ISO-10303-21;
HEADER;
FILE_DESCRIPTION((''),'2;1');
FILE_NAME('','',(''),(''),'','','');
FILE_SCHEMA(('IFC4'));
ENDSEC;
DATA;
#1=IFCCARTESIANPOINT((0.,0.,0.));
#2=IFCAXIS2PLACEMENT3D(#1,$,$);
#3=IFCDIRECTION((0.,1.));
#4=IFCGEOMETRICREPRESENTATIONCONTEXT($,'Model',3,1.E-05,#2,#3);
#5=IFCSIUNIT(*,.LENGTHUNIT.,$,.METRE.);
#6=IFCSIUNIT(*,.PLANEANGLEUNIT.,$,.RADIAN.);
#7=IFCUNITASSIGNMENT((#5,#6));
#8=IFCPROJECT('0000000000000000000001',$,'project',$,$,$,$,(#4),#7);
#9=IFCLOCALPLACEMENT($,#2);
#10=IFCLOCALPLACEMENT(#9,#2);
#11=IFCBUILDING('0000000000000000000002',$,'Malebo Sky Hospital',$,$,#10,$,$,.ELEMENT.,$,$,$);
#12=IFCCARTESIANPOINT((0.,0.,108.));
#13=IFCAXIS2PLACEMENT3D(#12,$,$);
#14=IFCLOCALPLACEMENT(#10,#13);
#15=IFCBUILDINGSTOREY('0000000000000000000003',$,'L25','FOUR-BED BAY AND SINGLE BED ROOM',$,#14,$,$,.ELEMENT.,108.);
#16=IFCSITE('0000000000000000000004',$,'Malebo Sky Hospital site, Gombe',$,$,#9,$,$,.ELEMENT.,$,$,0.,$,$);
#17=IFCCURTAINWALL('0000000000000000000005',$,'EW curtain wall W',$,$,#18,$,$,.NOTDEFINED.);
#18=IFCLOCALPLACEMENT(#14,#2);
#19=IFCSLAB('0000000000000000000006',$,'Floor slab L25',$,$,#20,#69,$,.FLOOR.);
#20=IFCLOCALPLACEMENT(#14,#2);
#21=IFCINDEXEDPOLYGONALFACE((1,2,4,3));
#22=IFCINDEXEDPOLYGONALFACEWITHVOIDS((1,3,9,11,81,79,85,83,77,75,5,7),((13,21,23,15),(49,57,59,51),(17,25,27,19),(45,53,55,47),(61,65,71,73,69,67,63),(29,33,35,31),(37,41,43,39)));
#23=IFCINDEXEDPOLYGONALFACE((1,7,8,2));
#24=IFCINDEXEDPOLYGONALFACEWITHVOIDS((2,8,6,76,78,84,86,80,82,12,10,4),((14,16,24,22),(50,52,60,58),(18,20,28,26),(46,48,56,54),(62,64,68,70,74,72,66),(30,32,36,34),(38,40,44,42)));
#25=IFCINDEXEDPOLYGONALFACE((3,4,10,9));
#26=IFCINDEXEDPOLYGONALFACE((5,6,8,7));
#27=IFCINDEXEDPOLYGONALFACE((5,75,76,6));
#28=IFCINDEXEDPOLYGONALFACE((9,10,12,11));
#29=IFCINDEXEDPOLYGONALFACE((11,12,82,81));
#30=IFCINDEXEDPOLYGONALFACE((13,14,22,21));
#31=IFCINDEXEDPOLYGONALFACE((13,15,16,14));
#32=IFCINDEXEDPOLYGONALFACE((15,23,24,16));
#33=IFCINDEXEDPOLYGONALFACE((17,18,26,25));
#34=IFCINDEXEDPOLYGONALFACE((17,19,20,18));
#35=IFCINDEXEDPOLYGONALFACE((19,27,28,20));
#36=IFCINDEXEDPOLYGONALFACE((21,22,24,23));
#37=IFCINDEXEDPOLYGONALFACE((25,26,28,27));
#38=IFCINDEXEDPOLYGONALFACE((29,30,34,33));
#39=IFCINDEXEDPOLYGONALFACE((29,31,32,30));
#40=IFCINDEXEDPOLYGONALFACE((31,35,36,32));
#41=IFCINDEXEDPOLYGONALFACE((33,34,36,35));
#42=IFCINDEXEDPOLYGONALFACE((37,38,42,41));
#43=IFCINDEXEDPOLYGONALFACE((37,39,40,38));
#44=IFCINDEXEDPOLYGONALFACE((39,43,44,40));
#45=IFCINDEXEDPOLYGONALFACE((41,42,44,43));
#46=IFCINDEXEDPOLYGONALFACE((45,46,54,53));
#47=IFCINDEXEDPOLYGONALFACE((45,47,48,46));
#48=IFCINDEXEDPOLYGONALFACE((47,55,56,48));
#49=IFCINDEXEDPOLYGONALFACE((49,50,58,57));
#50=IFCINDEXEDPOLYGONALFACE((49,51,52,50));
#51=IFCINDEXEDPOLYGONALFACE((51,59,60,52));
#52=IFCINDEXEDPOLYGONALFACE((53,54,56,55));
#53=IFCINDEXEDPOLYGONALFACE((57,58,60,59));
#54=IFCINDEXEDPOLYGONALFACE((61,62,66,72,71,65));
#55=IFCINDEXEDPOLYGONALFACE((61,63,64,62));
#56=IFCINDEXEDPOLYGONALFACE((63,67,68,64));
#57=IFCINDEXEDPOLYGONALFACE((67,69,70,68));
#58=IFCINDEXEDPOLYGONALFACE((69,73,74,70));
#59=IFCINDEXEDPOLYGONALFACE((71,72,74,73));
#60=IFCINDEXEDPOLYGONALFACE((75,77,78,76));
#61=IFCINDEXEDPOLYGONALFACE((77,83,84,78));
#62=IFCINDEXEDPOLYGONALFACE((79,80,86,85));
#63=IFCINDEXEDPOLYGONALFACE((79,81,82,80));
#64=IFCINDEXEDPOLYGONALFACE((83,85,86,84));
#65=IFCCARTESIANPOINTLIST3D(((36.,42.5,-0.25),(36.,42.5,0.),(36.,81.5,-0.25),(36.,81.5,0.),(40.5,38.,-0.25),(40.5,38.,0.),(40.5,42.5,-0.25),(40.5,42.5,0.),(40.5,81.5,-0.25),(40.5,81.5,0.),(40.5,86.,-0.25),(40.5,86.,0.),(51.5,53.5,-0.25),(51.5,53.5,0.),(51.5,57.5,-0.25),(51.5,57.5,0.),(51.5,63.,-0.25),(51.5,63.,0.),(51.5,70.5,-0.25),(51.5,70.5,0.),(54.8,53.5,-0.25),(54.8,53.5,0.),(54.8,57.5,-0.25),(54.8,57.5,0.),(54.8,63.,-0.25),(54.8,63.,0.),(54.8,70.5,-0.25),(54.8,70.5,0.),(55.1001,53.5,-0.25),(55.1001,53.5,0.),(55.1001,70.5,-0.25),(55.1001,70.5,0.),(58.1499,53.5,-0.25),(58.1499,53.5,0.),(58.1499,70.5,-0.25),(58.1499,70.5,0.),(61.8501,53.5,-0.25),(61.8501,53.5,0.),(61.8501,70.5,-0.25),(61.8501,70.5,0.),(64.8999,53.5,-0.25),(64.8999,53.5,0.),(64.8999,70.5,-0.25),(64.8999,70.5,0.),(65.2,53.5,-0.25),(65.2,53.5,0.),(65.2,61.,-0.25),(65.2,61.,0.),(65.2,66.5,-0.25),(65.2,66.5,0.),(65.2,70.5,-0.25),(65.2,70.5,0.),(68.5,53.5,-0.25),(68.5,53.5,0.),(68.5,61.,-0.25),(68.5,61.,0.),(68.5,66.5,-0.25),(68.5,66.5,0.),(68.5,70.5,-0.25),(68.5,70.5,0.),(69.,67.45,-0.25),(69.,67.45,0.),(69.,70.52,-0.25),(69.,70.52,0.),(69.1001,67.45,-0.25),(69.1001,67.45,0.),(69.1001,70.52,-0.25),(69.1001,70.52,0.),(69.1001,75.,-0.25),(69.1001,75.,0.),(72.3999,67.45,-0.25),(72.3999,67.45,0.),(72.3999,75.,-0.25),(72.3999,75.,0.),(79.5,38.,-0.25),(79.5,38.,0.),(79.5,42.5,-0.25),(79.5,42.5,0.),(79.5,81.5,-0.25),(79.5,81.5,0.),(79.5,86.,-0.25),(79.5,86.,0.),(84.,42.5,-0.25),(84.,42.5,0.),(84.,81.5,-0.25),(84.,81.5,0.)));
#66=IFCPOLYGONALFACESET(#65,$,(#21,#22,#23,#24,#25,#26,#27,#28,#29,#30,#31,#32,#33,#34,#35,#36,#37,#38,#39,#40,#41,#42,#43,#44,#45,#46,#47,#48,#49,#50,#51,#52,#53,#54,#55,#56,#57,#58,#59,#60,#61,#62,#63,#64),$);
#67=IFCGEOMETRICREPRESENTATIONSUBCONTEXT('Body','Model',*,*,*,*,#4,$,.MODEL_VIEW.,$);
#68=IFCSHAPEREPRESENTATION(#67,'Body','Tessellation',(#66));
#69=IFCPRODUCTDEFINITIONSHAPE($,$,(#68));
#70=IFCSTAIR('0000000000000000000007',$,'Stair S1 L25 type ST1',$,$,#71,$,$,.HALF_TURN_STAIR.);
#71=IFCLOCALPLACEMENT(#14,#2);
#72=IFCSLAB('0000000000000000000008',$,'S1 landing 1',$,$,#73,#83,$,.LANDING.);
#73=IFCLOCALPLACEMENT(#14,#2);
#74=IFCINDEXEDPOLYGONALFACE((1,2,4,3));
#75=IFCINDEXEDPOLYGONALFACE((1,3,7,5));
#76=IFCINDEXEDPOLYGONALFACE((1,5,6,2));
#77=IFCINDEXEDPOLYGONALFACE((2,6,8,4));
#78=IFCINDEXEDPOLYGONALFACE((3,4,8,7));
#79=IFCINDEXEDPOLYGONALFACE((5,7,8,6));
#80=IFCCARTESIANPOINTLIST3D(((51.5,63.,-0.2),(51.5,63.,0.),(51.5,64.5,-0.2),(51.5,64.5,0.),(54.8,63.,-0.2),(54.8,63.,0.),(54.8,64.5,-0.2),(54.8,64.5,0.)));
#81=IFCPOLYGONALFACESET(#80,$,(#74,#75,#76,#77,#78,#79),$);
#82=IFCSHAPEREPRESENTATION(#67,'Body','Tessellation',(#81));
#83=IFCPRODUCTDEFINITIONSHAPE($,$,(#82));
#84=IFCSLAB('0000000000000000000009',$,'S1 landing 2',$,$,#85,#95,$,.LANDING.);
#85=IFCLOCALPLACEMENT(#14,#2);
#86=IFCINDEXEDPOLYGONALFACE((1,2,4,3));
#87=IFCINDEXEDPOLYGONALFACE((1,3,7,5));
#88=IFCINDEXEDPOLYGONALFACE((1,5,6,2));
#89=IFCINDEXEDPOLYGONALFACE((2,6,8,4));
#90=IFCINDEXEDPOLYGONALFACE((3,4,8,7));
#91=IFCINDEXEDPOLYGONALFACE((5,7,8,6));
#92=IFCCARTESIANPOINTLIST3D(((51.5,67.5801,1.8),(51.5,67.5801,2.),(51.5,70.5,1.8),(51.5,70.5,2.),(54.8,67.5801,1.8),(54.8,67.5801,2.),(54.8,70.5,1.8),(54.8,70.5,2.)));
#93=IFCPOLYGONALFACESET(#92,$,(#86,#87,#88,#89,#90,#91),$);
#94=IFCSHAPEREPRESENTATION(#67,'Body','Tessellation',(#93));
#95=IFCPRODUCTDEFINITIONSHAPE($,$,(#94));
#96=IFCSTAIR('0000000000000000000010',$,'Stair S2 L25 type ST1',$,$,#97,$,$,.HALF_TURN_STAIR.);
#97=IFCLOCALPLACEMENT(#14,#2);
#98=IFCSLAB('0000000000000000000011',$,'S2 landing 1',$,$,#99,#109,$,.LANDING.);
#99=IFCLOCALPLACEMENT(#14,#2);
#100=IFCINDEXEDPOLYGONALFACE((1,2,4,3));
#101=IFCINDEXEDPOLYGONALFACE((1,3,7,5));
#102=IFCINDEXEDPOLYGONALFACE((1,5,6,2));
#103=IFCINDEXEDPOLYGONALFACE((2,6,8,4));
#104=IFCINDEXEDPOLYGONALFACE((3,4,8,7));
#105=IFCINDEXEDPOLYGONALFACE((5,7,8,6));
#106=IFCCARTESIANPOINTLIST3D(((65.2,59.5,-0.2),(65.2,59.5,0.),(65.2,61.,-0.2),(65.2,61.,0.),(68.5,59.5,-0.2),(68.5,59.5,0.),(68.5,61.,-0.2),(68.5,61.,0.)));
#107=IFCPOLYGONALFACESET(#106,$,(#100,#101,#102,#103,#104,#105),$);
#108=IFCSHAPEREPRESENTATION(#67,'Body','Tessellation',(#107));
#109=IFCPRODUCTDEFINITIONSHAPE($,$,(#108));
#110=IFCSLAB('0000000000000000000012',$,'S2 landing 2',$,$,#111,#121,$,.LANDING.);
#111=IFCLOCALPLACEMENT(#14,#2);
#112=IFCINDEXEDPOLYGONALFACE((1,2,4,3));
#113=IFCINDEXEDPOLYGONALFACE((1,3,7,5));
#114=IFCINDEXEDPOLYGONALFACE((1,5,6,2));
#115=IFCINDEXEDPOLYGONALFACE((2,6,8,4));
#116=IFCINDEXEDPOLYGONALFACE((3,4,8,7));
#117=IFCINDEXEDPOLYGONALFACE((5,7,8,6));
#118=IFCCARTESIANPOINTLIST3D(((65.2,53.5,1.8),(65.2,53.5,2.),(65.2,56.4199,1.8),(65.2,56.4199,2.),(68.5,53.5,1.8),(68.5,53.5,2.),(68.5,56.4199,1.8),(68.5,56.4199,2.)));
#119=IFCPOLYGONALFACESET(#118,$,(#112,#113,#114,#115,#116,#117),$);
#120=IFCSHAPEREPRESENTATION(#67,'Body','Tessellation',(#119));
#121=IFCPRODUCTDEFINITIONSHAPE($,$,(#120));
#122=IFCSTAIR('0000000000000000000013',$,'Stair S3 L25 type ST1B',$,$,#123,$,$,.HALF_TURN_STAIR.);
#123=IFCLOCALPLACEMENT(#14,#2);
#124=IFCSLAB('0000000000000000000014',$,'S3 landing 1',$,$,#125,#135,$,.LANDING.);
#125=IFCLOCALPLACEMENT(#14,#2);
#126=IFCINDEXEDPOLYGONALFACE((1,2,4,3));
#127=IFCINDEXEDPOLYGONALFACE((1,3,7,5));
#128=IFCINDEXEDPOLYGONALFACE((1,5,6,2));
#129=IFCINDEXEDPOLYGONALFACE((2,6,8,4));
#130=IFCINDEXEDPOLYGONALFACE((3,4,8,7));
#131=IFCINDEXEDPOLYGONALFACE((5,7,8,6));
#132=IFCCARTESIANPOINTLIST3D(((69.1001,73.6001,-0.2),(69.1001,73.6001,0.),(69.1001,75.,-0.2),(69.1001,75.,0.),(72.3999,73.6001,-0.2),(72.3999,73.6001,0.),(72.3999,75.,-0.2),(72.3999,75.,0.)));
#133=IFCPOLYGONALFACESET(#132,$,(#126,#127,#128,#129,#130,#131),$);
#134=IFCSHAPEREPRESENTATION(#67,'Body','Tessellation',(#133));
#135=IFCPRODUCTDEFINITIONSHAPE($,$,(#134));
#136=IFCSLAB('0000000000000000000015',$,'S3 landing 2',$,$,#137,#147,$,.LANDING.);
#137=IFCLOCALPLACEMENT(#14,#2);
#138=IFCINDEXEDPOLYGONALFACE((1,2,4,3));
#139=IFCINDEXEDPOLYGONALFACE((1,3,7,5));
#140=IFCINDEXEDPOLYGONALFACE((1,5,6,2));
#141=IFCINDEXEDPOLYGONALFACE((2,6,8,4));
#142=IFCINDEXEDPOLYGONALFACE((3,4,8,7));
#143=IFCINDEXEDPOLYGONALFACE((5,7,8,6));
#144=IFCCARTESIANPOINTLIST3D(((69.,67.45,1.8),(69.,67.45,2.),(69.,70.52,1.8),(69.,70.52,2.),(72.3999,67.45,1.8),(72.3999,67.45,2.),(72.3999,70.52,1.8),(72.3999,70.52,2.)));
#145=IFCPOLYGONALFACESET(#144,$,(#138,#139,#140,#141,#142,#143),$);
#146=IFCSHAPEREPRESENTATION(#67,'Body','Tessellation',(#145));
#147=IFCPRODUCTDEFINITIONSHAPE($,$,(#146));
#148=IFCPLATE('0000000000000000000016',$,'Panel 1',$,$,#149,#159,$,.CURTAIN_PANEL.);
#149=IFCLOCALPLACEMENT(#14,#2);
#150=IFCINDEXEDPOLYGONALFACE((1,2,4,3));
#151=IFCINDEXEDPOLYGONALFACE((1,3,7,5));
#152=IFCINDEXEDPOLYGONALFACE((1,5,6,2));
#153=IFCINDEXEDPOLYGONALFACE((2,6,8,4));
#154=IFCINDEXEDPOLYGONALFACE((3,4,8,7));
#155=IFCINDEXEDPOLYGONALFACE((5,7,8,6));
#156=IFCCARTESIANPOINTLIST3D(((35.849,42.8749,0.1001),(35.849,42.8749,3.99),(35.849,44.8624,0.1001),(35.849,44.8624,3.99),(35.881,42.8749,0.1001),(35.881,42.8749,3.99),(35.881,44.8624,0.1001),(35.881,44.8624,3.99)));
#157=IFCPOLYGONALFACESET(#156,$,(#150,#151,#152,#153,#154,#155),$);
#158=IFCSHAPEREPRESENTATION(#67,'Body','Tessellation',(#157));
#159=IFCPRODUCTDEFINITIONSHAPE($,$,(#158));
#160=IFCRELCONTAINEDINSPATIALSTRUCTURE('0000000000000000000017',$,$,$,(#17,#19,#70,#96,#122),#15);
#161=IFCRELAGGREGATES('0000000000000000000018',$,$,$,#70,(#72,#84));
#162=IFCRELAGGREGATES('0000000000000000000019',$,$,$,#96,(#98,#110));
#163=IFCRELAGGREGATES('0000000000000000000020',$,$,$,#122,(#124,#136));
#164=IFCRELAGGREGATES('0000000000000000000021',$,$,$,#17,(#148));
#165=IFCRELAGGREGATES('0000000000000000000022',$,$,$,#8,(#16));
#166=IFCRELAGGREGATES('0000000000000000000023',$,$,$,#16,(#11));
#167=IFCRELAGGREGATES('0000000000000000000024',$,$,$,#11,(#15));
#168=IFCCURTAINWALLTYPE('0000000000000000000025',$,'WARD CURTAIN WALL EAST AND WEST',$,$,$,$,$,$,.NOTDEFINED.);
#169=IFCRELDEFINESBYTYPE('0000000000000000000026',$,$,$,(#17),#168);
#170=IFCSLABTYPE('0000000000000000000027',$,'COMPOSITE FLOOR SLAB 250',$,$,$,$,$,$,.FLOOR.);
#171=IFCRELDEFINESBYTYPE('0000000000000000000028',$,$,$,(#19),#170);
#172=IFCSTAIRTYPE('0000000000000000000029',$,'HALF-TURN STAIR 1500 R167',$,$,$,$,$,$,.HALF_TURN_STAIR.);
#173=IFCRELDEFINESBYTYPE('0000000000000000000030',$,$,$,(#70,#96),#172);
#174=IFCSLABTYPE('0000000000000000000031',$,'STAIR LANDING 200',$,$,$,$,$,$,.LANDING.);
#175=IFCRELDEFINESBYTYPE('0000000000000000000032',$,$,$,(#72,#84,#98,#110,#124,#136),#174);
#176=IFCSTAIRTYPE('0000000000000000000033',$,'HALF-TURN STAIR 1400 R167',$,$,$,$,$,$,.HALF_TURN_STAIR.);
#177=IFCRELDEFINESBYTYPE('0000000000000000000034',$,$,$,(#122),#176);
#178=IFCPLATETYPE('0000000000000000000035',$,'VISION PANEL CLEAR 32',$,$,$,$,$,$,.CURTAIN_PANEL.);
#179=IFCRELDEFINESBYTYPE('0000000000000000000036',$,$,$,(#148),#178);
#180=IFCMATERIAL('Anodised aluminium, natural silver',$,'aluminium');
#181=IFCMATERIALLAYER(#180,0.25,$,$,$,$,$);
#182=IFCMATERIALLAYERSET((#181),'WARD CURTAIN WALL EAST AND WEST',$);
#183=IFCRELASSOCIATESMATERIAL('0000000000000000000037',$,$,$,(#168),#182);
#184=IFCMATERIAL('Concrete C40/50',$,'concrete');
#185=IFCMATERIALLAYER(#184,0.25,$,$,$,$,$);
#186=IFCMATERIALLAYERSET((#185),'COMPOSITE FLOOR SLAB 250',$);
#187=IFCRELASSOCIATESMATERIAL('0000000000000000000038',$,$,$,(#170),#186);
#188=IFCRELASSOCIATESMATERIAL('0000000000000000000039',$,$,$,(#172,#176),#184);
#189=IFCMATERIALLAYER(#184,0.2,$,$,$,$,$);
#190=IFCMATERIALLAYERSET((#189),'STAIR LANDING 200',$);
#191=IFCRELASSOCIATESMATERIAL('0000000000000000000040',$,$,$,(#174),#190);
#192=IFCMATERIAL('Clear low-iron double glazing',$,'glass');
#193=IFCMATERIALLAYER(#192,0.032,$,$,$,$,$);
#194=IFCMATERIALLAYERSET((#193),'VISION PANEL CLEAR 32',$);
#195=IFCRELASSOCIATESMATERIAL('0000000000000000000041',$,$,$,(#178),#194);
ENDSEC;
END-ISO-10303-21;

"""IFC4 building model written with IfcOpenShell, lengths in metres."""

from ifc_helpers import new_model, si_unit, direction, frame, origin, origin_2d, place, context, subcontext, project, spatial, polyline, rectangle, outline, extrude, material, layer, layer_set, type_object, element, aggregate, save


model = new_model("IFC4")

# Units and contexts
model_context = context("Model", 3, precision=1e-05, world=origin(), true_north=direction((0.0, 1.0)))
body_context = subcontext(model_context, "Body", "Model", "MODEL_VIEW")
ifc_project = project(units=[si_unit("LENGTHUNIT", "METRE"), si_unit("PLANEANGLEUNIT", "RADIAN")], contexts=[model_context])

# Site, building, storey
site_placement = place(None, origin())
site = spatial("IfcSite", under=ifc_project, at=site_placement, Name="Malebo Sky Hospital site, Gombe", CompositionType="ELEMENT", RefElevation=0.0)
building_placement = place(site_placement, origin())
building = spatial("IfcBuilding", under=site, at=building_placement, Name="Malebo Sky Hospital", CompositionType="ELEMENT")
storey_placement = place(building_placement, frame((0.0, 0.0, 108.0)))
storey = spatial("IfcBuildingStorey", under=building, at=storey_placement, Name="L25", Description="FOUR-BED BAY AND SINGLE BED ROOM", CompositionType="ELEMENT", Elevation=108.0)

# Curtain wall
ifc_material_1 = material(Name="Anodised aluminium, natural silver", Category="aluminium")
ifc_layer_1 = layer(ifc_material_1, 0.25)
ifc_layer_set_1 = layer_set([ifc_layer_1], Name="WARD CURTAIN WALL EAST AND WEST")
curtain_wall_type = type_object("IfcCurtainWallType", Name="WARD CURTAIN WALL EAST AND WEST", PredefinedType="NOTDEFINED", material=ifc_layer_set_1)
curtain_wall_placement = place(storey_placement, origin())
curtain_wall = element("IfcCurtainWall", 1, at=curtain_wall_placement, inside=storey, type_object=curtain_wall_type, Name="EW curtain wall W", PredefinedType="NOTDEFINED")

# Slab
ifc_material_2 = material(Name="Concrete C40/50", Category="concrete")
ifc_layer_2 = layer(ifc_material_2, 0.25)
ifc_layer_set_2 = layer_set([ifc_layer_2], Name="COMPOSITE FLOOR SLAB 250")
slab_type_1 = type_object("IfcSlabType", Name="COMPOSITE FLOOR SLAB 250", PredefinedType="FLOOR", material=ifc_layer_set_2)
slab_1_placement = place(storey_placement, frame((0.0, 0.0, -0.25)))
element("IfcSlab", 2, at=slab_1_placement, inside=storey, type_object=slab_type_1, Name="Floor slab L25", PredefinedType="FLOOR", context=body_context, shape_type="SweptSolid", body=[
    extrude(outline(polyline([(40.5, 86.0), (40.5, 81.5), (36.0, 81.5), (36.0, 42.5), (40.5, 42.5), (40.5, 38.0), (79.5, 38.0), (79.5, 42.5), (84.0, 42.5), (84.0, 81.5), (79.5, 81.5), (79.5, 86.0), (40.5, 86.0)]), holes=[polyline([(55.1001, 70.5), (58.1499, 70.5), (58.1499, 53.5), (55.1001, 53.5), (55.1001, 70.5)]), polyline([(64.8999, 70.5), (64.8999, 53.5), (61.8501, 53.5), (61.8501, 70.5), (64.8999, 70.5)]), polyline([(54.8, 63.0), (51.5, 63.0), (51.5, 70.5), (54.8, 70.5), (54.8, 63.0)]), polyline([(51.5, 53.5), (51.5, 57.5), (54.8, 57.5), (54.8, 53.5), (51.5, 53.5)]), polyline([(65.2, 61.0), (68.5, 61.0), (68.5, 53.5), (65.2, 53.5), (65.2, 61.0)]), polyline([(68.5, 70.5), (68.5, 66.5), (65.2, 66.5), (65.2, 70.5), (68.5, 70.5)]), polyline([(69.0, 67.45), (69.0, 70.52), (69.1001, 70.52), (69.1001, 75.0), (72.3999, 75.0), (72.3999, 67.45), (69.1001, 67.45), (69.0, 67.45)])]), origin(), (0.0, 0.0, 1.0), 0.25),
])

# Stairs, slabs
stair_type_1 = type_object("IfcStairType", Name="HALF-TURN STAIR 1500 R167", PredefinedType="HALF_TURN_STAIR", material=ifc_material_2)
stair_1_placement = place(storey_placement, origin())
stair_1 = element("IfcStair", 3, at=stair_1_placement, inside=storey, type_object=stair_type_1, Name="Stair S1 L25 type ST1", PredefinedType="HALF_TURN_STAIR")
ifc_layer_3 = layer(ifc_material_2, 0.2)
ifc_layer_set_3 = layer_set([ifc_layer_3], Name="STAIR LANDING 200")
slab_type_2 = type_object("IfcSlabType", Name="STAIR LANDING 200", PredefinedType="LANDING", material=ifc_layer_set_3)
slab_2_placement = place(storey_placement, frame((0.0, 0.0, -0.2)))
slab_2 = element("IfcSlab", 4, at=slab_2_placement, type_object=slab_type_2, Name="S1 landing 1", PredefinedType="LANDING", context=body_context, shape_type="SweptSolid", body=[
    extrude(outline(polyline([(51.5, 63.0), (54.8, 63.0), (54.8, 64.5), (51.5, 64.5), (51.5, 63.0)])), origin(), (0.0, 0.0, 1.0), 0.2),
])
slab_3_placement = place(storey_placement, frame((0.0, 0.0, 1.8)))
slab_3 = element("IfcSlab", 5, at=slab_3_placement, type_object=slab_type_2, Name="S1 landing 2", PredefinedType="LANDING", context=body_context, shape_type="SweptSolid", body=[
    extrude(outline(polyline([(51.5, 67.5801), (54.8, 67.5801), (54.8, 70.5), (51.5, 70.5), (51.5, 67.5801)])), origin(), (0.0, 0.0, 1.0), 0.2),
])
aggregate(stair_1, [slab_2, slab_3])
stair_2_placement = place(storey_placement, origin())
stair_2 = element("IfcStair", 6, at=stair_2_placement, inside=storey, type_object=stair_type_1, Name="Stair S2 L25 type ST1", PredefinedType="HALF_TURN_STAIR")
slab_4_placement = place(storey_placement, frame((0.0, 0.0, -0.2)))
slab_4 = element("IfcSlab", 7, at=slab_4_placement, type_object=slab_type_2, Name="S2 landing 1", PredefinedType="LANDING", context=body_context, shape_type="SweptSolid", body=[
    extrude(outline(polyline([(65.2, 59.5), (68.5, 59.5), (68.5, 61.0), (65.2, 61.0), (65.2, 59.5)])), origin(), (0.0, 0.0, 1.0), 0.2),
])
slab_5_placement = place(storey_placement, frame((0.0, 0.0, 1.8)))
slab_5 = element("IfcSlab", 8, at=slab_5_placement, type_object=slab_type_2, Name="S2 landing 2", PredefinedType="LANDING", context=body_context, shape_type="SweptSolid", body=[
    extrude(outline(polyline([(65.2, 53.5), (68.5, 53.5), (68.5, 56.4199), (65.2, 56.4199), (65.2, 53.5)])), origin(), (0.0, 0.0, 1.0), 0.2),
])
aggregate(stair_2, [slab_4, slab_5])
stair_type_2 = type_object("IfcStairType", Name="HALF-TURN STAIR 1400 R167", PredefinedType="HALF_TURN_STAIR", material=ifc_material_2)
stair_3_placement = place(storey_placement, origin())
stair_3 = element("IfcStair", 9, at=stair_3_placement, inside=storey, type_object=stair_type_2, Name="Stair S3 L25 type ST1B", PredefinedType="HALF_TURN_STAIR")
slab_6_placement = place(storey_placement, frame((0.0, 0.0, -0.2)))
slab_6 = element("IfcSlab", 10, at=slab_6_placement, type_object=slab_type_2, Name="S3 landing 1", PredefinedType="LANDING", context=body_context, shape_type="SweptSolid", body=[
    extrude(outline(polyline([(69.1001, 73.6001), (72.3999, 73.6001), (72.3999, 75.0), (69.1001, 75.0), (69.1001, 73.6001)])), origin(), (0.0, 0.0, 1.0), 0.2),
])
slab_7_placement = place(storey_placement, frame((0.0, 0.0, 1.8)))
slab_7 = element("IfcSlab", 11, at=slab_7_placement, type_object=slab_type_2, Name="S3 landing 2", PredefinedType="LANDING", context=body_context, shape_type="SweptSolid", body=[
    extrude(outline(polyline([(69.0, 67.45), (72.3999, 67.45), (72.3999, 70.52), (69.0, 70.52), (69.0, 67.45)])), origin(), (0.0, 0.0, 1.0), 0.2),
])
aggregate(stair_3, [slab_6, slab_7])

# Plate
ifc_material_3 = material(Name="Clear low-iron double glazing", Category="glass")
ifc_layer_4 = layer(ifc_material_3, 0.032)
ifc_layer_set_4 = layer_set([ifc_layer_4], Name="VISION PANEL CLEAR 32")
plate_type = type_object("IfcPlateType", Name="VISION PANEL CLEAR 32", PredefinedType="CURTAIN_PANEL", material=ifc_layer_set_4)
plate_placement = place(storey_placement, frame((35.865, 43.8687, 0.1001), z_axis=(0.0, 0.0, 1.0), x_axis=(0.0, 1.0, 0.0)))
plate = element("IfcPlate", 12, at=plate_placement, type_object=plate_type, Name="Panel 1", PredefinedType="CURTAIN_PANEL", context=body_context, shape_type="SweptSolid", body=[
    extrude(rectangle(XDim=1.9875, YDim=0.032, at=origin_2d()), origin(), (0.0, 0.0, 1.0), 3.8899),
])
aggregate(curtain_wall, [plate])

save(model, "model.ifc")
